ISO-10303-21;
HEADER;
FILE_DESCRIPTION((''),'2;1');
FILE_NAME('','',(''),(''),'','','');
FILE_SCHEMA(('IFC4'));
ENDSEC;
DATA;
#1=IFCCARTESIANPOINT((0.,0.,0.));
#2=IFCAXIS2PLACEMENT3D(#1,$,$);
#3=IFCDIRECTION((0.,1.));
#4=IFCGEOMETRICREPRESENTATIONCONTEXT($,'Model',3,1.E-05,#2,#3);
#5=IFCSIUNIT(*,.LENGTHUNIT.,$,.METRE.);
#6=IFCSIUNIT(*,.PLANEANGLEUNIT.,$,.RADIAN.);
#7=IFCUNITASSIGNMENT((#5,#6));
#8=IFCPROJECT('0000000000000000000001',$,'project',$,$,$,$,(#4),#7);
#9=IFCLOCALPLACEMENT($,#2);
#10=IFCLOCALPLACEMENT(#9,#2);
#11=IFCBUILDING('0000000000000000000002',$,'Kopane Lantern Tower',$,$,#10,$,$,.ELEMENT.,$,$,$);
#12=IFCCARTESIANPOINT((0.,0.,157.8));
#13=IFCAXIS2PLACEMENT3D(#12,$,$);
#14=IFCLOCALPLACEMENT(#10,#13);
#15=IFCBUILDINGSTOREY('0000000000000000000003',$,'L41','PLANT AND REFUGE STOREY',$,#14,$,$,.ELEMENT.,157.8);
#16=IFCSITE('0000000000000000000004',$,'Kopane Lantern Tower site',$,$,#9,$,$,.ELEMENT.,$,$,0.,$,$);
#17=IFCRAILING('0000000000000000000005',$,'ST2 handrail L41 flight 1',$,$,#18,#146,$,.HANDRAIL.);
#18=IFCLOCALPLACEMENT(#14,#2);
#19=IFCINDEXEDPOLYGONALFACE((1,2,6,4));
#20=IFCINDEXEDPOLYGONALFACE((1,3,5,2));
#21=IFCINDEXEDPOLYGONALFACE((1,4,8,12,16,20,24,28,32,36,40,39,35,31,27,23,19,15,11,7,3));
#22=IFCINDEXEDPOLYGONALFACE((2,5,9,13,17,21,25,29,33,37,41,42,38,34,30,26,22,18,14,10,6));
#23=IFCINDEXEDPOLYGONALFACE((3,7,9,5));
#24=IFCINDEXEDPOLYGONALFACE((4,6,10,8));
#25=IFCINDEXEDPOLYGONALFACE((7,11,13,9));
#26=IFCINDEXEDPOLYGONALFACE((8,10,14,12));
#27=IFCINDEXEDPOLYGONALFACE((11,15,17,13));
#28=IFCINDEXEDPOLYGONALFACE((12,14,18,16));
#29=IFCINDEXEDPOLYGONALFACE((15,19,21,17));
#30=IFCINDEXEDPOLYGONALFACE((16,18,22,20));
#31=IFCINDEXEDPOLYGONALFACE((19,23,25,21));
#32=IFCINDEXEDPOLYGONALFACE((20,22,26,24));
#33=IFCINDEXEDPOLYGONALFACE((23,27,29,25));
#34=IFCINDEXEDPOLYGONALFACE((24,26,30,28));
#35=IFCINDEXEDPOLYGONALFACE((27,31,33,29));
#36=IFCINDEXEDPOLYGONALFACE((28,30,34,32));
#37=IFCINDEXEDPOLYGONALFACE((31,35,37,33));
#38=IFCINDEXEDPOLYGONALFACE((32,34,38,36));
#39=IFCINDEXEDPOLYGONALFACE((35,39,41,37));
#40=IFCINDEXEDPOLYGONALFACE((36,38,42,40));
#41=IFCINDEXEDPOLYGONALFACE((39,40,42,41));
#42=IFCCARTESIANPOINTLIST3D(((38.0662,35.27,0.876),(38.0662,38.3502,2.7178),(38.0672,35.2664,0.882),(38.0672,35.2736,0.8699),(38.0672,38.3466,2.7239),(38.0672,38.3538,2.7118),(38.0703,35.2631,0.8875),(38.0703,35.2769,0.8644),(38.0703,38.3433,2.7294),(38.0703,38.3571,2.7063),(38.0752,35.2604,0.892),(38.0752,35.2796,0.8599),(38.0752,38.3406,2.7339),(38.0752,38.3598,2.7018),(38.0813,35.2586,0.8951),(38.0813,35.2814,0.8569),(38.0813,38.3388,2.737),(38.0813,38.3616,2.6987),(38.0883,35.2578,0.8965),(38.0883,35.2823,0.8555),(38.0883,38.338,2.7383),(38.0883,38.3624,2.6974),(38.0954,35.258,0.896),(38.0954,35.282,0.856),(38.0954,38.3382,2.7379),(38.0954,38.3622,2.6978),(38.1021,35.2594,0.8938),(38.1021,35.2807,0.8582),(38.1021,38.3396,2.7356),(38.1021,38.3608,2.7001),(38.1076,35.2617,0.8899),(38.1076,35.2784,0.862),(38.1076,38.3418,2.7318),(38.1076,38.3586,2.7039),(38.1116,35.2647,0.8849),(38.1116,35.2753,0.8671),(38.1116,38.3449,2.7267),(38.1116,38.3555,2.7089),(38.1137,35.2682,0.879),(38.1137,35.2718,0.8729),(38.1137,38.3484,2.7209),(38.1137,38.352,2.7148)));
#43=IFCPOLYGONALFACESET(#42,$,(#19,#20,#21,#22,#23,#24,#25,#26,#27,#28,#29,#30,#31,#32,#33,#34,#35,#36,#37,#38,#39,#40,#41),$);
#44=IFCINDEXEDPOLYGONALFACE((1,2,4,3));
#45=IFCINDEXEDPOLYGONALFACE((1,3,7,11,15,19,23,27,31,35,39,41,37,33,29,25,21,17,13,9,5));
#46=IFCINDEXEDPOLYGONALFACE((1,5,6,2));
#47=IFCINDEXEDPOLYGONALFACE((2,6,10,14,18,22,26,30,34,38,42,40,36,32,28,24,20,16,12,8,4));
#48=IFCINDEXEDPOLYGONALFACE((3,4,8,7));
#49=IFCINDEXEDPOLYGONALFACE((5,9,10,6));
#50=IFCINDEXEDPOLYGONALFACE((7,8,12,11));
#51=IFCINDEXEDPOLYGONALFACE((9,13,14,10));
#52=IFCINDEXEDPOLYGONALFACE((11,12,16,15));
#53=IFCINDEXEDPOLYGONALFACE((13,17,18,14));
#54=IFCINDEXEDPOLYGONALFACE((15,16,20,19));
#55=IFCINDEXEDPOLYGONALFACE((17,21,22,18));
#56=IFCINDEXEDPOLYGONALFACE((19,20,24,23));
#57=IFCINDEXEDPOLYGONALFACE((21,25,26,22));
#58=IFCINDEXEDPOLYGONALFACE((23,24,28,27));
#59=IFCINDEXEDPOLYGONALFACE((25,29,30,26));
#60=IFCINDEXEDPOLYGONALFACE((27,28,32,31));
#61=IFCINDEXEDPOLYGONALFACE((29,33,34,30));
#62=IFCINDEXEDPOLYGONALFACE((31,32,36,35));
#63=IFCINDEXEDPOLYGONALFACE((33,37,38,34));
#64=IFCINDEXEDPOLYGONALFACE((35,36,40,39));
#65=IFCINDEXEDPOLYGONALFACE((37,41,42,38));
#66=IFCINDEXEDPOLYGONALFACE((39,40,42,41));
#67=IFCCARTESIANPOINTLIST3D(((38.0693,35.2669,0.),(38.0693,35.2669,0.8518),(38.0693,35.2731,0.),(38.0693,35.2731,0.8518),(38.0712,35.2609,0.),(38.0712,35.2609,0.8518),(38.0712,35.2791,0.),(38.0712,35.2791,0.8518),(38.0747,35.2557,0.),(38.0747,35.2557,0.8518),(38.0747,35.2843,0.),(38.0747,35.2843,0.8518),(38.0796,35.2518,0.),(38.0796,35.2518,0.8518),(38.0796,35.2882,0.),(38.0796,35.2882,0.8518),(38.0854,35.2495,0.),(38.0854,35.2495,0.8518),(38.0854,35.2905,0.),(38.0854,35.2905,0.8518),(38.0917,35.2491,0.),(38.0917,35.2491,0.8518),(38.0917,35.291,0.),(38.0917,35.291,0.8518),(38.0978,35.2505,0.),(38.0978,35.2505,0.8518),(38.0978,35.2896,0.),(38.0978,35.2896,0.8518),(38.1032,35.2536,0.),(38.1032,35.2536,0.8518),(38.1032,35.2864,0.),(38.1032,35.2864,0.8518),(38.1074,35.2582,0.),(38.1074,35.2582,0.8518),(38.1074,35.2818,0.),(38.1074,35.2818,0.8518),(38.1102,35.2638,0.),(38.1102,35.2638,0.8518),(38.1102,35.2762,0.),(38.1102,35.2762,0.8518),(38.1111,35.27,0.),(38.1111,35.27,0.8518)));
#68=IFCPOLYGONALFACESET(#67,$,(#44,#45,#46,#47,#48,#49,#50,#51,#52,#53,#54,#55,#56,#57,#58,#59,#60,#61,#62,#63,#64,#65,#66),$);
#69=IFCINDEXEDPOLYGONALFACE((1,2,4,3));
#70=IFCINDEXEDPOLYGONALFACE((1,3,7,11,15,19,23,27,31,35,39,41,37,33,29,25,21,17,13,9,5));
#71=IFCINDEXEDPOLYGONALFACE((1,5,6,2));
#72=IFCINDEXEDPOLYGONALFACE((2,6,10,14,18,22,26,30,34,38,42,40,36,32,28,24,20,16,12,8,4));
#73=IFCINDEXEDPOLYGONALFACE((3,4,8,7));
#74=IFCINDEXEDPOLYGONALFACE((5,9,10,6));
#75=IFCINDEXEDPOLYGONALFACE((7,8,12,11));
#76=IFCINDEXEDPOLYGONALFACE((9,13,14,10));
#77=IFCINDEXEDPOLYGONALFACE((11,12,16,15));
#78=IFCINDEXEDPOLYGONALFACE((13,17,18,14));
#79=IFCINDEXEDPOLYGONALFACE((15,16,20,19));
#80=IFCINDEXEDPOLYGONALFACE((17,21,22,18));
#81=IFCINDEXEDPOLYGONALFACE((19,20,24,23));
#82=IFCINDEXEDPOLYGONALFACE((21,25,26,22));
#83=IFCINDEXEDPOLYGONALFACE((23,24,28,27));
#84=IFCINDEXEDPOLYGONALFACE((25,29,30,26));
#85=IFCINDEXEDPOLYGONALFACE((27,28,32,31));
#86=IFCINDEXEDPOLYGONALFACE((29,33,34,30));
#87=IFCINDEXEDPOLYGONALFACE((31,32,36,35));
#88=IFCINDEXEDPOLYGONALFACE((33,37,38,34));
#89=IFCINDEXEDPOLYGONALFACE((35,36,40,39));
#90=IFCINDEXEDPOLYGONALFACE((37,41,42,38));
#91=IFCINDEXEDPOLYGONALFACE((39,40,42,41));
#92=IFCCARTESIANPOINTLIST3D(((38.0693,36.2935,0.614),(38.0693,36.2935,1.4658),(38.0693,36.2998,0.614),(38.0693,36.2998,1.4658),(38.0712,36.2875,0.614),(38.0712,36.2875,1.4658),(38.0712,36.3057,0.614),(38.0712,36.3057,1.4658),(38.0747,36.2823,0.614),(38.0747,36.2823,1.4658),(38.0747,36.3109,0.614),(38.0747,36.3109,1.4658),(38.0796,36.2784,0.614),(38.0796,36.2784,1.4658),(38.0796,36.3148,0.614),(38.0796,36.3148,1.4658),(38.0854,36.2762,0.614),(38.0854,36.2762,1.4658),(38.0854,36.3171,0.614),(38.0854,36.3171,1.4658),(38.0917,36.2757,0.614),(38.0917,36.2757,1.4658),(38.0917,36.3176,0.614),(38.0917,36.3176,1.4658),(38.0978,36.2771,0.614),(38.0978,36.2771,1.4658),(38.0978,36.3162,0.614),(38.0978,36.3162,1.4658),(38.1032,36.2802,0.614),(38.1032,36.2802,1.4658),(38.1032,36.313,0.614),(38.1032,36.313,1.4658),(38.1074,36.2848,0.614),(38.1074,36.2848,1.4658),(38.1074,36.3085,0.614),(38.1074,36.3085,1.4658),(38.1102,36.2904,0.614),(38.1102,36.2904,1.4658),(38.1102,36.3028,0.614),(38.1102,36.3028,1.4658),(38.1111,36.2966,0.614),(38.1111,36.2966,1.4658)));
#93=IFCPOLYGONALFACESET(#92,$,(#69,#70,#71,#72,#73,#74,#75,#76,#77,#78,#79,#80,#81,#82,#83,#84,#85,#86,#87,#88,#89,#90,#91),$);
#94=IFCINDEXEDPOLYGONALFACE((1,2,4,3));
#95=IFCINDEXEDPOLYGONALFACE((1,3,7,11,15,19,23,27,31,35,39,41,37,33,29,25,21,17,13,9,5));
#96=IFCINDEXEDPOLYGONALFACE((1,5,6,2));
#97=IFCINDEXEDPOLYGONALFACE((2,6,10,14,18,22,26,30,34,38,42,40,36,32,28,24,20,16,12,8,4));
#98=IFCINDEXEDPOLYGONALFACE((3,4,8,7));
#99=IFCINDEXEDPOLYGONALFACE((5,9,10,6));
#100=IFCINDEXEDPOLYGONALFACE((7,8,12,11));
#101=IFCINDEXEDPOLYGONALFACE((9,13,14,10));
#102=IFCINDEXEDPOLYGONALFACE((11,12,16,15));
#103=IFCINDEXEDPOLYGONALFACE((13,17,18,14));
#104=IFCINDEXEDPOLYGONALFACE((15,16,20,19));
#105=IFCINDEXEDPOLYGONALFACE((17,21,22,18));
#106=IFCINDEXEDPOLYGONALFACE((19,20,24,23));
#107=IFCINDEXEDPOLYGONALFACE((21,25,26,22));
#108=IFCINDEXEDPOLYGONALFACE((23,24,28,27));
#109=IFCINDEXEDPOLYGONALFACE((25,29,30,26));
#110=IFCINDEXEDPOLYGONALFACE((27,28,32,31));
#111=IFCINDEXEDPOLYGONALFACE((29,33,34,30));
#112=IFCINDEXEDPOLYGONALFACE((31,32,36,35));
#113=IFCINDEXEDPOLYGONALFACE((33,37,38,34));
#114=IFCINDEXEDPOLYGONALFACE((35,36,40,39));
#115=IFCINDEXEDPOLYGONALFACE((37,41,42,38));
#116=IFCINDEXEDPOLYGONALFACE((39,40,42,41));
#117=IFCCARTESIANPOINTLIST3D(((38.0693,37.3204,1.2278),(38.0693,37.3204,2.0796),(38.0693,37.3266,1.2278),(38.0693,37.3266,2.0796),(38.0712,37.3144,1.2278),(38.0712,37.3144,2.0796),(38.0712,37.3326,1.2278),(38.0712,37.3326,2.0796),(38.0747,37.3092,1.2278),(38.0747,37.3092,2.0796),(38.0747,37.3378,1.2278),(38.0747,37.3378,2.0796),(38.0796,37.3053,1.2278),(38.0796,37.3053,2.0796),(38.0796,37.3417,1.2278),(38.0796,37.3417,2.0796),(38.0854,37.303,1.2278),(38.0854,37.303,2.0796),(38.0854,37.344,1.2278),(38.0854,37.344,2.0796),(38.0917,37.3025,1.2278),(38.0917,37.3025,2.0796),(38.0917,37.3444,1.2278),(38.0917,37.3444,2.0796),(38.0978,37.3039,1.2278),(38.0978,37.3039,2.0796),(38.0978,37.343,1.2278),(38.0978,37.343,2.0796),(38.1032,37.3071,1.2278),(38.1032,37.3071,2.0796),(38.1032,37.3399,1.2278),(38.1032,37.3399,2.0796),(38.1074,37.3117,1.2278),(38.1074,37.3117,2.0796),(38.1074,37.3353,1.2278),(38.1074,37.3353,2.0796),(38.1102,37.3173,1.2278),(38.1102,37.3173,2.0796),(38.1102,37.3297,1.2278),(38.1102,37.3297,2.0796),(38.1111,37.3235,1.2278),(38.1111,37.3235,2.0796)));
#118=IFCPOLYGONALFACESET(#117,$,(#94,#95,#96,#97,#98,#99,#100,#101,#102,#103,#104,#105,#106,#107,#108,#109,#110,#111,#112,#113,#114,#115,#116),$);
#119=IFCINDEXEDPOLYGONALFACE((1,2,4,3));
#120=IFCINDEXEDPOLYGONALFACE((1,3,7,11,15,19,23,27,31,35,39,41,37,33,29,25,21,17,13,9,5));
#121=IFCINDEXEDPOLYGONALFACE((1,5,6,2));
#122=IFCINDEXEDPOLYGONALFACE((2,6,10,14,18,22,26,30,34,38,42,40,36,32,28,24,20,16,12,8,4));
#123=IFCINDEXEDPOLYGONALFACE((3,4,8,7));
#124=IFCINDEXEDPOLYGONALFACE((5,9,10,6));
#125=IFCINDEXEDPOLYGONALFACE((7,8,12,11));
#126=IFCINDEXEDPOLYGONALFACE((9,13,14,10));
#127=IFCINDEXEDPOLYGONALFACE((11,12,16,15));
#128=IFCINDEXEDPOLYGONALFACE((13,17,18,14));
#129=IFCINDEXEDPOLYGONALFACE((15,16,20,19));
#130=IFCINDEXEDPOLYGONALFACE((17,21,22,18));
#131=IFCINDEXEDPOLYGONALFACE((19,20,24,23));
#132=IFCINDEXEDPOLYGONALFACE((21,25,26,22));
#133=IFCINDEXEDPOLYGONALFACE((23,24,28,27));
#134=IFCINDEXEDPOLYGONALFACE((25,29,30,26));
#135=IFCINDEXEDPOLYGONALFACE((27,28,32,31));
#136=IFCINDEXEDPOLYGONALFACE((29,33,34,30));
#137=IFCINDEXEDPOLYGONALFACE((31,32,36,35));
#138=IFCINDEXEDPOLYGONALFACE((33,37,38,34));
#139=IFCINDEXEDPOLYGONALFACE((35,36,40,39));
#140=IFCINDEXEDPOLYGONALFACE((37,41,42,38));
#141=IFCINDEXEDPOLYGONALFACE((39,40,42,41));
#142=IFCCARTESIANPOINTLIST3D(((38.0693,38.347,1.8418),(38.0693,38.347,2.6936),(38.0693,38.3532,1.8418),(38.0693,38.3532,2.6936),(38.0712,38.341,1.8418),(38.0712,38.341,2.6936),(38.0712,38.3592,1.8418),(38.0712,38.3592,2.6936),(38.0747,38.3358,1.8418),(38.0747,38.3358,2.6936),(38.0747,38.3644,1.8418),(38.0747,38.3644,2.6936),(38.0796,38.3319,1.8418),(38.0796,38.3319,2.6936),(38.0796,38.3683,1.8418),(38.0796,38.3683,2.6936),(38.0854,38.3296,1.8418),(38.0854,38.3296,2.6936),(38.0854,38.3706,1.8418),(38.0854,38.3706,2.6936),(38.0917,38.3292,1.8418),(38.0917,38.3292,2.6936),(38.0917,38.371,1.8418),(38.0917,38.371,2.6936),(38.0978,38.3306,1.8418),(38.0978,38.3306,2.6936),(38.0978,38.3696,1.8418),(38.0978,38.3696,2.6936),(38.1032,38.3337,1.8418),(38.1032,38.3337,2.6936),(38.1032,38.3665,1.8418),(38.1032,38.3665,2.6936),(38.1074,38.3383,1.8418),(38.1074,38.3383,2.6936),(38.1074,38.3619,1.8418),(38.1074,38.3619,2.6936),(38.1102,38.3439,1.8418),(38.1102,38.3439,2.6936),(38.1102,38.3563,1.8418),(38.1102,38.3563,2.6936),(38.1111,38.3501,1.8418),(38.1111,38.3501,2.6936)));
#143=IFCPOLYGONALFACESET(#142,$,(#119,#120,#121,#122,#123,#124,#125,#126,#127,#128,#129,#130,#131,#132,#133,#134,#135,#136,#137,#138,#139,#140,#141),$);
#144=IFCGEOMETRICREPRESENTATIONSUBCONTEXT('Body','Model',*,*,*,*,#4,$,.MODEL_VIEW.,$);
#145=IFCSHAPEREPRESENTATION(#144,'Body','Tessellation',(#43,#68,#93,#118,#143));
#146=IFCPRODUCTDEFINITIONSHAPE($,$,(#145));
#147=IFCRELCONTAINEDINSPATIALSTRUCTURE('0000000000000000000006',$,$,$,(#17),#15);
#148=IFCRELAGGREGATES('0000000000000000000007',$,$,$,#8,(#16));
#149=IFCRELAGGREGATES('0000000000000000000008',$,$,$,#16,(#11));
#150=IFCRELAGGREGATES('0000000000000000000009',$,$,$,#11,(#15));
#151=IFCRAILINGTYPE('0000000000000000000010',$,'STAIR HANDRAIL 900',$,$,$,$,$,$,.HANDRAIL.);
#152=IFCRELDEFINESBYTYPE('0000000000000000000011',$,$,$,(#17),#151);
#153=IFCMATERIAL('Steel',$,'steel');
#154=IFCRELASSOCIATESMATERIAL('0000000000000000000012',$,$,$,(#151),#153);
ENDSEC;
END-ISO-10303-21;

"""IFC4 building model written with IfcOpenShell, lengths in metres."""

from ifc_helpers import new_model, si_unit, direction, frame, origin, origin_2d, place, context, subcontext, project, spatial, circle, extrude, material, type_object, element, save


model = new_model("IFC4")

# Units and contexts
model_context = context("Model", 3, precision=1e-05, world=origin(), true_north=direction((0.0, 1.0)))
body_context = subcontext(model_context, "Body", "Model", "MODEL_VIEW")
ifc_project = project(units=[si_unit("LENGTHUNIT", "METRE"), si_unit("PLANEANGLEUNIT", "RADIAN")], contexts=[model_context])

# Site, building, storey
site_placement = place(None, origin())
site = spatial("IfcSite", under=ifc_project, at=site_placement, Name="Kopane Lantern Tower site", CompositionType="ELEMENT", RefElevation=0.0)
building_placement = place(site_placement, origin())
building = spatial("IfcBuilding", under=site, at=building_placement, Name="Kopane Lantern Tower", CompositionType="ELEMENT")
storey_placement = place(building_placement, frame((0.0, 0.0, 157.8)))
storey = spatial("IfcBuildingStorey", under=building, at=storey_placement, Name="L41", Description="PLANT AND REFUGE STOREY", CompositionType="ELEMENT", Elevation=157.8)

# Railing
ifc_material_1 = material(Name="Steel", Category="steel")
railing_type_1 = type_object("IfcRailingType", Name="STAIR HANDRAIL 900", PredefinedType="HANDRAIL", material=ifc_material_1)
for number, where, name in (
    (1, (38.0901, 35.27, 0.0), "ST2 handrail L41 flight 1"),
):
    element("IfcRailing", number, at=place(storey_placement, frame(where)), inside=storey, type_object=railing_type_1, Name=name, PredefinedType="HANDRAIL", context=body_context, shape_type="SweptSolid", body=[
        extrude(circle(Radius=0.0239, at=origin_2d()), frame((0.0, 0.0, 0.876), z_axis=(0.0, 0.85826, 0.513215), x_axis=(-1.0, 0.0, 0.0)), (0.0, 0.0, 1.0), 3.5889),
        extrude(circle(Radius=0.021, at=origin_2d()), origin(), (0.0, 0.0, 1.0), 0.8518),
        extrude(circle(Radius=0.021, at=origin_2d()), frame((0.0, 1.0266, 0.614)), (0.0, 0.0, 1.0), 0.8518),
        extrude(circle(Radius=0.021, at=origin_2d()), frame((0.0, 2.0535, 1.2278)), (0.0, 0.0, 1.0), 0.8518),
        extrude(circle(Radius=0.021, at=origin_2d()), frame((0.0, 3.0801, 1.8418)), (0.0, 0.0, 1.0), 0.8518),
    ])

save(model, "model.ifc")
